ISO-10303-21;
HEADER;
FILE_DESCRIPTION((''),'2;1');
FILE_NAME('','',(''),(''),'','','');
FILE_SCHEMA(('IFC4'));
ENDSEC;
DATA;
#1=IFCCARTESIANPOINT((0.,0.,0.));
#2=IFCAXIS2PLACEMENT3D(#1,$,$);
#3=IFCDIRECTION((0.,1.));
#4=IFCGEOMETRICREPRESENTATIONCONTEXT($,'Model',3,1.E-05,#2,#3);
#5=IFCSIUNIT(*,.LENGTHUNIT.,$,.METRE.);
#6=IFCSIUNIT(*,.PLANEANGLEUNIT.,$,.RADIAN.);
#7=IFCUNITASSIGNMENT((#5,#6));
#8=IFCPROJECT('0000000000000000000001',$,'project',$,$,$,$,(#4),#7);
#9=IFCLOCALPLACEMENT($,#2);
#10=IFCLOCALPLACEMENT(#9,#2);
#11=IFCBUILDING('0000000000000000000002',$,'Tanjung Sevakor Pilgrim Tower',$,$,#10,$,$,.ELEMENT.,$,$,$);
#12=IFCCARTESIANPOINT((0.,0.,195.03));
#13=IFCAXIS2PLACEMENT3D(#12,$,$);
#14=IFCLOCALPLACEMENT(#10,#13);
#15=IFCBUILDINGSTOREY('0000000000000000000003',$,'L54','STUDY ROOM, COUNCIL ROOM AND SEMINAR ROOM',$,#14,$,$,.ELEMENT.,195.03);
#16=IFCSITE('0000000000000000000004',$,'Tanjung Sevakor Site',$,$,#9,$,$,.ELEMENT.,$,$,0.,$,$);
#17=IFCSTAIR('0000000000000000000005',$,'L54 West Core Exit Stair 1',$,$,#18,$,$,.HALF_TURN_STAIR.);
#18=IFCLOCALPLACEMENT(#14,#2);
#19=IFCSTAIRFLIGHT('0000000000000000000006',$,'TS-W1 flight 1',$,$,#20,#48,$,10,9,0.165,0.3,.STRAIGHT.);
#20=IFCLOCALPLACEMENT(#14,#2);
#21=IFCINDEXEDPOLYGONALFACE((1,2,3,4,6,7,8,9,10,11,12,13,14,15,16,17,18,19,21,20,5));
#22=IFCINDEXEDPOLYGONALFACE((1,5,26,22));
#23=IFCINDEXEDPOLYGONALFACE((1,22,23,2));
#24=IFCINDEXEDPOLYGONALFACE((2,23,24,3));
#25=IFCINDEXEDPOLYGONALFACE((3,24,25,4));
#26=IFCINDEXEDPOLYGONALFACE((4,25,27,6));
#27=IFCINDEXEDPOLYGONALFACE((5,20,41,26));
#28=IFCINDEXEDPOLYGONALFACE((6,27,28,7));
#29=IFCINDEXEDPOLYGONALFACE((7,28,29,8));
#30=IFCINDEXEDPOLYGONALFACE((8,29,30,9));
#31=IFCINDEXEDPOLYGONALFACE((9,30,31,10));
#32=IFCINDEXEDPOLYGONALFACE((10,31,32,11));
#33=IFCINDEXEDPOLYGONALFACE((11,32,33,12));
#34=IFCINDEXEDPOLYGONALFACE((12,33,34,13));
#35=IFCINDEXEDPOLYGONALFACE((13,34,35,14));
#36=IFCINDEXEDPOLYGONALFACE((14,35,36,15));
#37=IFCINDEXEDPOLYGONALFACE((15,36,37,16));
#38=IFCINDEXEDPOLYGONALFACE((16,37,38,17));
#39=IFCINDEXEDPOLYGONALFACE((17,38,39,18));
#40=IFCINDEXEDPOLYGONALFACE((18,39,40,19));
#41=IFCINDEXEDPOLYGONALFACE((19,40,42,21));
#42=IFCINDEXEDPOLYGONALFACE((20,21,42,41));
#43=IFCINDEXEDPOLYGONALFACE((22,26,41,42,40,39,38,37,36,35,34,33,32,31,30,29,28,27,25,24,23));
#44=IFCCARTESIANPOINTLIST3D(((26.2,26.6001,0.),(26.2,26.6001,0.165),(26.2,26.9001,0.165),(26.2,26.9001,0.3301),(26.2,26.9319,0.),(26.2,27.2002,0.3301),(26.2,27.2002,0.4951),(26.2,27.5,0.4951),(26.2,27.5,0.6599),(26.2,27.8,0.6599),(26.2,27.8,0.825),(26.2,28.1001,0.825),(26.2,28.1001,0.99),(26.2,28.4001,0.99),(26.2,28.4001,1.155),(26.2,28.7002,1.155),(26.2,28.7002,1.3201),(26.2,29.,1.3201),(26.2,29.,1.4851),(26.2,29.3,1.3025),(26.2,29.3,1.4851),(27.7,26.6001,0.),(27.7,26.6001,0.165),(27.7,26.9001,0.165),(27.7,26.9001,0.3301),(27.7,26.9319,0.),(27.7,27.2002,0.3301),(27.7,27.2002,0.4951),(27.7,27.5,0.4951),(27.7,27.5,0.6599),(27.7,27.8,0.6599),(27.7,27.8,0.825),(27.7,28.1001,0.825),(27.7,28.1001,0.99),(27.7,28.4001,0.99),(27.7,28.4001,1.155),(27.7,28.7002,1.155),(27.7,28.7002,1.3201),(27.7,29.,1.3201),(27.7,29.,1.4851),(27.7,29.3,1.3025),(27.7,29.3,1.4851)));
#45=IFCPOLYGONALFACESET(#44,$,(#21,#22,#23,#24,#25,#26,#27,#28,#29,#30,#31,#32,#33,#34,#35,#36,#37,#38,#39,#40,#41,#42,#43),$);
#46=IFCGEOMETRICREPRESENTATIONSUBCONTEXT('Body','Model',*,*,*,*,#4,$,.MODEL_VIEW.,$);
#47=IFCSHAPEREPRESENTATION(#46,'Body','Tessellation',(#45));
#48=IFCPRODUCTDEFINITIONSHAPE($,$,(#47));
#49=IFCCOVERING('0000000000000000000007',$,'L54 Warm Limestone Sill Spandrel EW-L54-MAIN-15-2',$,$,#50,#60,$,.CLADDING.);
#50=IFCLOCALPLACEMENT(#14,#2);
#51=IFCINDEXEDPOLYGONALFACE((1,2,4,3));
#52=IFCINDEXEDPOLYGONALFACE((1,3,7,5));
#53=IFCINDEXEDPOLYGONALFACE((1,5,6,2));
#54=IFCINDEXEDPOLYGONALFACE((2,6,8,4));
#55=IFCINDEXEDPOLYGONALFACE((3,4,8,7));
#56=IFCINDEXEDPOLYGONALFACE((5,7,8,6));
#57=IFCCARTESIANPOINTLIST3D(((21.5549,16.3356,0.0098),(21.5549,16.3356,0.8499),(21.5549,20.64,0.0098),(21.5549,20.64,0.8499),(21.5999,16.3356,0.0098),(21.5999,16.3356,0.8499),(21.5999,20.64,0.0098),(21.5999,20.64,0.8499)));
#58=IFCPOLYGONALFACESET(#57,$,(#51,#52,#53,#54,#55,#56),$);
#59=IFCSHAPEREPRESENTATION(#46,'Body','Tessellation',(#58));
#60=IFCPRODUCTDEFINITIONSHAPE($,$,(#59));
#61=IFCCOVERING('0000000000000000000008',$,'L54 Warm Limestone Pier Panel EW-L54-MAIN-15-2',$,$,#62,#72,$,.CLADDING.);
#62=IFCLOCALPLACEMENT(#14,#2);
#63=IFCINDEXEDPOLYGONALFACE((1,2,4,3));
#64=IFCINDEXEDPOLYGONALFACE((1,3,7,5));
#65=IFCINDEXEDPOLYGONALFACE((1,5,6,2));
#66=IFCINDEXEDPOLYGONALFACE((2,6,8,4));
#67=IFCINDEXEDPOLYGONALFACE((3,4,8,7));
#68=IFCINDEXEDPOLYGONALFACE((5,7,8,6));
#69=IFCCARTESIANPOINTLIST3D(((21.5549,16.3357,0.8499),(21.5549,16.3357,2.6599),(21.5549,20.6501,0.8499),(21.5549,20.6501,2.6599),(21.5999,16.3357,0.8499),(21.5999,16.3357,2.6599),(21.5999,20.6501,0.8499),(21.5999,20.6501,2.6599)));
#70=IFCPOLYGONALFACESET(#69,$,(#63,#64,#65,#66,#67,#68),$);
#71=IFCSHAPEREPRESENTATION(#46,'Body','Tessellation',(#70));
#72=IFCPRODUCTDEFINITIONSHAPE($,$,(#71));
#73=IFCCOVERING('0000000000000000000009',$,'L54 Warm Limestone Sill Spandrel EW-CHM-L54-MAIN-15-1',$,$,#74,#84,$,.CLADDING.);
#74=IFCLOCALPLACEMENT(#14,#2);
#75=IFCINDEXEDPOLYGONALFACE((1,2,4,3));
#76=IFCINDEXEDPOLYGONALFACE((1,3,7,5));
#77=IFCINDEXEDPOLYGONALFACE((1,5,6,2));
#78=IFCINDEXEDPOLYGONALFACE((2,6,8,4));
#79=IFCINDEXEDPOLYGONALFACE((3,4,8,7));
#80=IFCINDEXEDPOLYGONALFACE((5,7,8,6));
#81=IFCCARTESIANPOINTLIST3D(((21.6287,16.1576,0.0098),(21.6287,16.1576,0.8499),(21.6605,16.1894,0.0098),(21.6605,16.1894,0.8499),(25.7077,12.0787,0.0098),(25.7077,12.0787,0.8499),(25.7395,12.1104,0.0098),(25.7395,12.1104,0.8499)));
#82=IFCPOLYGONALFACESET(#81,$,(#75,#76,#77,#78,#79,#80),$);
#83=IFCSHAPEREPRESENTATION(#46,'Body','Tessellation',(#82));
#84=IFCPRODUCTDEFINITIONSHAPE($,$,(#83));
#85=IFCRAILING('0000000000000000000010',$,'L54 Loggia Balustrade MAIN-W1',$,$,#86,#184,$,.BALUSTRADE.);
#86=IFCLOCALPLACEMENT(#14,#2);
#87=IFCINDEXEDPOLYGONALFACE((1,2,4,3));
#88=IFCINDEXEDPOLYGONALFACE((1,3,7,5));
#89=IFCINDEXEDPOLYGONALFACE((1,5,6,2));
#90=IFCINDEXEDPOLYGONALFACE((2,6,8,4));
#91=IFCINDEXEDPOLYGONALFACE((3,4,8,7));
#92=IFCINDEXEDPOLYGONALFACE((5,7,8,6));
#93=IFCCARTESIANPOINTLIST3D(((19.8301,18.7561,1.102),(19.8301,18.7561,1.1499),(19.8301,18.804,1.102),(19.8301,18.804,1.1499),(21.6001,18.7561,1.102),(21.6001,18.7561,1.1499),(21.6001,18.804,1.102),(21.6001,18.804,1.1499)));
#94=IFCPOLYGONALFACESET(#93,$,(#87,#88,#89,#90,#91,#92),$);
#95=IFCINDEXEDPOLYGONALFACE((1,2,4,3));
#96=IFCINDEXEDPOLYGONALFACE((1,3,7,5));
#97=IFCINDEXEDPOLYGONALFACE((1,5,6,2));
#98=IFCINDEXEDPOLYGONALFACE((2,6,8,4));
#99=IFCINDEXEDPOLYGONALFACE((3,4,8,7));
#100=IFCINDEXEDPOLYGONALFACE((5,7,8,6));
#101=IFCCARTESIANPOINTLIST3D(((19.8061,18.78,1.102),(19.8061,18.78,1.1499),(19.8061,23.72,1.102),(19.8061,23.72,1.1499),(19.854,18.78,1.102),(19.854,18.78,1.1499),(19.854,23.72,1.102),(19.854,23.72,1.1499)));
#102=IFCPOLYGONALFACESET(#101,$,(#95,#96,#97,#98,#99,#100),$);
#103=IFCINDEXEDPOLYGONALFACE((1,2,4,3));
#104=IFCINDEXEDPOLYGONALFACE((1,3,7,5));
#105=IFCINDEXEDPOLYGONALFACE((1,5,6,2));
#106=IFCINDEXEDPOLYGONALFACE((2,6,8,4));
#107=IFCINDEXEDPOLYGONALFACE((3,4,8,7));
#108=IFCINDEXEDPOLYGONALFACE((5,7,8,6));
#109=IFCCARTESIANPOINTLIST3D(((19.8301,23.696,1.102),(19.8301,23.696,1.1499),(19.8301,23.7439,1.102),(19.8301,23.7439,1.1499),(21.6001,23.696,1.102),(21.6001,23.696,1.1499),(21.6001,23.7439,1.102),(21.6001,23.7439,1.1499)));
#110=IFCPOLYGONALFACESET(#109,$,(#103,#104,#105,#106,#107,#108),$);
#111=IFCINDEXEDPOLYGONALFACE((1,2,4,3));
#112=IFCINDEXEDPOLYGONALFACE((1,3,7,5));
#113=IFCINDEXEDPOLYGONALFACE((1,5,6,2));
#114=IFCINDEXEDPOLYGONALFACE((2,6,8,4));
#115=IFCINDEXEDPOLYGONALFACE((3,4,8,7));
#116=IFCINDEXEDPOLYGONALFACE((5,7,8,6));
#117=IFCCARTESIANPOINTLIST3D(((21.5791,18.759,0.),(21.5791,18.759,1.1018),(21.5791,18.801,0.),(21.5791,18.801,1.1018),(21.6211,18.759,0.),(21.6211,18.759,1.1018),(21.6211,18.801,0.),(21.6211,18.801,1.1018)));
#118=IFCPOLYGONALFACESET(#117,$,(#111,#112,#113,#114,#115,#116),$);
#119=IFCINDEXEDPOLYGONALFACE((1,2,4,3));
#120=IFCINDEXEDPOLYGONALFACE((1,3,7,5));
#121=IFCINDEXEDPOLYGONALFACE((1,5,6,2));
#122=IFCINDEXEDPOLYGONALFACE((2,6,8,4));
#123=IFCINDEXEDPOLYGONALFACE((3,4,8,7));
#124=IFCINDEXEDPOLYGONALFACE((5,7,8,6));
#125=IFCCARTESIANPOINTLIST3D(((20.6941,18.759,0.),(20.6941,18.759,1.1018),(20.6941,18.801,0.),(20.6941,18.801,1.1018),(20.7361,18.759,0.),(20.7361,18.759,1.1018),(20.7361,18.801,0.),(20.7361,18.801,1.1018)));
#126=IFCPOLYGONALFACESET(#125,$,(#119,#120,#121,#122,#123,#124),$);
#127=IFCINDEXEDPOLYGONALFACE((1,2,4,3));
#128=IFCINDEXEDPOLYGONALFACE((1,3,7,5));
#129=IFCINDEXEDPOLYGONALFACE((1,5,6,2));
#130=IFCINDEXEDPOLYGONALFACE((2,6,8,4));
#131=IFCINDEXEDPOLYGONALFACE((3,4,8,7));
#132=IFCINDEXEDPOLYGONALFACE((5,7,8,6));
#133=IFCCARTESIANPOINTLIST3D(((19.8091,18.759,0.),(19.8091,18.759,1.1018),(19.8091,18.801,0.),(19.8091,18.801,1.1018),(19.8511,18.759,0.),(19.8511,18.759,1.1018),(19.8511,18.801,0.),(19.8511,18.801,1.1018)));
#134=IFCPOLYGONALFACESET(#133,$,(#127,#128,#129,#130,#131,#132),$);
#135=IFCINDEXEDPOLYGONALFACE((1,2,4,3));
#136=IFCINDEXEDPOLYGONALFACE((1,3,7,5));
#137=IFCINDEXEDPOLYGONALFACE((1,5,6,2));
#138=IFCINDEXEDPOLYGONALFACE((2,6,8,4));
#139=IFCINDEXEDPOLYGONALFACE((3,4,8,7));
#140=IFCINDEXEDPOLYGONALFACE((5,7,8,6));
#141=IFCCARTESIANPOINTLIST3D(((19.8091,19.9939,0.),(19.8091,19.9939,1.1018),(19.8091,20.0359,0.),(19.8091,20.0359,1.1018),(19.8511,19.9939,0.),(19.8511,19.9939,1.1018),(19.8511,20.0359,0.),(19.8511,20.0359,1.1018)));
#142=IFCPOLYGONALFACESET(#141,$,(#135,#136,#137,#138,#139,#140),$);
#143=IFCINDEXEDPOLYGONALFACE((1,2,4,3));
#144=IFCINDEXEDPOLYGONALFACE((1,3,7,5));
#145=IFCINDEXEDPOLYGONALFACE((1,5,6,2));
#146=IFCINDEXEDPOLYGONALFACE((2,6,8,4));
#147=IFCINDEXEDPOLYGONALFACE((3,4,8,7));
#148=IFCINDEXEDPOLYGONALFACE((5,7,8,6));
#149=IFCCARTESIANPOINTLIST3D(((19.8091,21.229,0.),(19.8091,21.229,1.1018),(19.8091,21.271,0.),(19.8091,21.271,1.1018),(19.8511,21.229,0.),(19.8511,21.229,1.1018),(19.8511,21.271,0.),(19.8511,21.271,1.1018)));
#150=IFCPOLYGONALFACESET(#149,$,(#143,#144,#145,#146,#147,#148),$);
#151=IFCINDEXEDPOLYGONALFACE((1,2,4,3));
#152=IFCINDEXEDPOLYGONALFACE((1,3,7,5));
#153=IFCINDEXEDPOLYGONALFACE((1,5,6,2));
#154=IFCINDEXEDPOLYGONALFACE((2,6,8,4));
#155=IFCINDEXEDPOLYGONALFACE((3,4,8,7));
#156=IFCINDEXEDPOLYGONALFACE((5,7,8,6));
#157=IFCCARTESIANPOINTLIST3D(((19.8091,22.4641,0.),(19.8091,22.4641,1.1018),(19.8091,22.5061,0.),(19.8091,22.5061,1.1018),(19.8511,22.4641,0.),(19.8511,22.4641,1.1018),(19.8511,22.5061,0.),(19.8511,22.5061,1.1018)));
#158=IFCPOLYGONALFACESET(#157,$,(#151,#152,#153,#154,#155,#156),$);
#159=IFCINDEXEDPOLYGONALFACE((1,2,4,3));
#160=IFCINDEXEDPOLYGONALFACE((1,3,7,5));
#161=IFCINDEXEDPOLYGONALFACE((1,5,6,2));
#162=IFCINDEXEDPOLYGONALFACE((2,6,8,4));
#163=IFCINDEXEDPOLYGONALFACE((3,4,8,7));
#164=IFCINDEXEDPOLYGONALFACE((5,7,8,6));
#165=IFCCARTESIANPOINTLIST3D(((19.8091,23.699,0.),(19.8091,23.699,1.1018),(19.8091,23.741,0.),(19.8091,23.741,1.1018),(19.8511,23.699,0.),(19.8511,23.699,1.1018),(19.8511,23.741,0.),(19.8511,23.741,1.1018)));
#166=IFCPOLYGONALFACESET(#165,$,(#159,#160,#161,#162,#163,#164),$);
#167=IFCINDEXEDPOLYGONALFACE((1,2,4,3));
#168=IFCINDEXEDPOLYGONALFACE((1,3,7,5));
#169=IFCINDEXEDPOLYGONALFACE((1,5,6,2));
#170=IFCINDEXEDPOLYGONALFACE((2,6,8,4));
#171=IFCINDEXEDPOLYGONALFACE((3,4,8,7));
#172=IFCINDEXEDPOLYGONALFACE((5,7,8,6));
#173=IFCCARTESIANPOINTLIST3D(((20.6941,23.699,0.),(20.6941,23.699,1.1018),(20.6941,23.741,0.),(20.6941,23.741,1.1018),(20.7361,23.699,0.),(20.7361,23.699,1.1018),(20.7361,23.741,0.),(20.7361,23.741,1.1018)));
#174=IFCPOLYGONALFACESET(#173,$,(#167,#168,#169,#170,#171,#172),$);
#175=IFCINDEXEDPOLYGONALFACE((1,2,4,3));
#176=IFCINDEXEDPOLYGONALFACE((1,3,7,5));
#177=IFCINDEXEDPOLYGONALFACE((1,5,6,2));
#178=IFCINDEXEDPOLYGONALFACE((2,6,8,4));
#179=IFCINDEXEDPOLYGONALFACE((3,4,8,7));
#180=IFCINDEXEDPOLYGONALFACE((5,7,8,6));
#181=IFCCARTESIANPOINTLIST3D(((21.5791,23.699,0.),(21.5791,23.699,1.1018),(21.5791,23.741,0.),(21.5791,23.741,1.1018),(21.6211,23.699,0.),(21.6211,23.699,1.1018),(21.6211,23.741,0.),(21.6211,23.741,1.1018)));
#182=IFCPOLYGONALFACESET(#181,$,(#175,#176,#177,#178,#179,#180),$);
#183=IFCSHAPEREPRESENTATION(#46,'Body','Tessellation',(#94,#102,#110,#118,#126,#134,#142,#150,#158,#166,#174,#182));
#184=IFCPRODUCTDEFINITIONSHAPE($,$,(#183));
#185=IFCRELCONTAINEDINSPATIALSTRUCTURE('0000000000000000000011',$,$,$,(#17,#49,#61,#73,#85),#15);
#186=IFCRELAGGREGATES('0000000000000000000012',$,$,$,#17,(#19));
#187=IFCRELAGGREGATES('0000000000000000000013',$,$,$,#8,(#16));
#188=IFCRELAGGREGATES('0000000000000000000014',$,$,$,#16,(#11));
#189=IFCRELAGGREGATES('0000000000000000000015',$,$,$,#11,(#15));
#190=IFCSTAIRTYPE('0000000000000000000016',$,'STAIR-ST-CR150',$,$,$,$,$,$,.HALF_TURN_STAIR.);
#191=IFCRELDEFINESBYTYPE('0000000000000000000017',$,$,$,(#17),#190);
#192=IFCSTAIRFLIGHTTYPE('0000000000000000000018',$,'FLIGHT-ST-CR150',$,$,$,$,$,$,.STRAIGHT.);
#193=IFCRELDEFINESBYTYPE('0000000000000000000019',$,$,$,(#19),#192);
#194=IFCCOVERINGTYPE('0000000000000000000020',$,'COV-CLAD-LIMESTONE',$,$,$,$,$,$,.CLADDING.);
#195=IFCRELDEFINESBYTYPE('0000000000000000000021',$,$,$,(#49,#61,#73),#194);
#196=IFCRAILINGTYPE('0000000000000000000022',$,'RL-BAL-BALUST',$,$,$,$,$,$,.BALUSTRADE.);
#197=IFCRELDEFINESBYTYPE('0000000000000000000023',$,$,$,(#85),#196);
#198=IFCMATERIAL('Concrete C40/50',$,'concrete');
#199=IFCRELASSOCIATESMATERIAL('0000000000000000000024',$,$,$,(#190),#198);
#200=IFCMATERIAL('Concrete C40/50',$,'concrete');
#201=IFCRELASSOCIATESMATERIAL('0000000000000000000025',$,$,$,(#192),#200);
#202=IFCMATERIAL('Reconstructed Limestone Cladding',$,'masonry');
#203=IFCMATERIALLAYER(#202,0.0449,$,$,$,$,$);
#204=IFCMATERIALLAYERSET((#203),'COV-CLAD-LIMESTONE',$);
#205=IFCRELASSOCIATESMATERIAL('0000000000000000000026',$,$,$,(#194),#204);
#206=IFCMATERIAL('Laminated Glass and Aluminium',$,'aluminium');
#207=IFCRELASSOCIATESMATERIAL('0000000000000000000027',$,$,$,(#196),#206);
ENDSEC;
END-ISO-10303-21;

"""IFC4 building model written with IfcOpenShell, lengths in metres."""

from ifc_helpers import new_model, si_unit, direction, frame, origin, origin_2d, place, context, subcontext, project, spatial, polyline, rectangle, outline, extrude, material, layer, layer_set, type_object, element, aggregate, save


model = new_model("IFC4")

# Units and contexts
model_context = context("Model", 3, precision=1e-05, world=origin(), true_north=direction((0.0, 1.0)))
body_context = subcontext(model_context, "Body", "Model", "MODEL_VIEW")
ifc_project = project(units=[si_unit("LENGTHUNIT", "METRE"), si_unit("PLANEANGLEUNIT", "RADIAN")], contexts=[model_context])

# Site, building, storey
site_placement = place(None, origin())
site = spatial("IfcSite", under=ifc_project, at=site_placement, Name="Tanjung Sevakor Site", CompositionType="ELEMENT", RefElevation=0.0)
building_placement = place(site_placement, origin())
building = spatial("IfcBuilding", under=site, at=building_placement, Name="Tanjung Sevakor Pilgrim Tower", CompositionType="ELEMENT")
storey_placement = place(building_placement, frame((0.0, 0.0, 195.03)))
storey = spatial("IfcBuildingStorey", under=building, at=storey_placement, Name="L54", Description="STUDY ROOM, COUNCIL ROOM AND SEMINAR ROOM", CompositionType="ELEMENT", Elevation=195.03)

# Stair, stair flight
ifc_material_1 = material(Name="Concrete C40/50", Category="concrete")
stair_type = type_object("IfcStairType", Name="STAIR-ST-CR150", PredefinedType="HALF_TURN_STAIR", material=ifc_material_1)
stair_placement = place(storey_placement, origin())
stair = element("IfcStair", 1, at=stair_placement, inside=storey, type_object=stair_type, Name="L54 West Core Exit Stair 1", PredefinedType="HALF_TURN_STAIR")
ifc_material_2 = material(Name="Concrete C40/50", Category="concrete")
stair_flight_type = type_object("IfcStairFlightType", Name="FLIGHT-ST-CR150", PredefinedType="STRAIGHT", material=ifc_material_2)
stair_flight_placement = place(storey_placement, frame((26.95, 26.6001, 0.0), z_axis=(0.0, 0.0, 1.0), x_axis=(0.0, 1.0, 0.0)))
stair_flight = element("IfcStairFlight", 2, at=stair_flight_placement, type_object=stair_flight_type, Name="TS-W1 flight 1", NumberOfRisers=10, NumberOfTreads=9, PredefinedType="STRAIGHT", RiserHeight=0.165, TreadLength=0.3, context=body_context, shape_type="SweptSolid", body=[
    extrude(outline(polyline([(0.0, 0.0), (0.0, 0.165), (0.3, 0.165), (0.3, 0.3301), (0.6001, 0.3301), (0.6001, 0.4951), (0.8999, 0.4951), (0.8999, 0.6599), (1.2, 0.6599), (1.2, 0.825), (1.5, 0.825), (1.5, 0.99), (1.8, 0.99), (1.8, 1.155), (2.1001, 1.155), (2.1001, 1.3201), (2.3999, 1.3201), (2.3999, 1.4851), (2.7, 1.4851), (2.7, 1.6499), (2.7, 1.3025), (0.3318, 0.0), (0.0, 0.0)])), frame((0.0, 0.75, 0.0), z_axis=(0.0, -1.0, 0.0), x_axis=(1.0, 0.0, 0.0)), (0.0, 0.0, 1.0), 1.5),
])
aggregate(stair, [stair_flight])

# Coverings
ifc_material_3 = material(Name="Reconstructed Limestone Cladding", Category="masonry")
ifc_layer_1 = layer(ifc_material_3, 0.0449)
ifc_layer_set_1 = layer_set([ifc_layer_1], Name="COV-CLAD-LIMESTONE")
covering_type = type_object("IfcCoveringType", Name="COV-CLAD-LIMESTONE", PredefinedType="CLADDING", material=ifc_layer_set_1)
covering_1_placement = place(storey_placement, frame((21.5774, 18.4878, 0.0098), z_axis=(0.0, 0.0, 1.0), x_axis=(0.0, -1.0, 0.0)))
element("IfcCovering", 3, at=covering_1_placement, inside=storey, type_object=covering_type, Name="L54 Warm Limestone Sill Spandrel EW-L54-MAIN-15-2", PredefinedType="CLADDING", context=body_context, shape_type="SweptSolid", body=[
    extrude(rectangle(XDim=4.3044, YDim=0.0449, at=origin_2d()), origin(), (0.0, 0.0, 1.0), 0.8401),
])
covering_2_placement = place(storey_placement, frame((21.5774, 18.4929, 0.8499), z_axis=(0.0, 0.0, 1.0), x_axis=(0.0, -1.0, 0.0)))
element("IfcCovering", 4, at=covering_2_placement, inside=storey, type_object=covering_type, Name="L54 Warm Limestone Pier Panel EW-L54-MAIN-15-2", PredefinedType="CLADDING", context=body_context, shape_type="SweptSolid", body=[
    extrude(rectangle(XDim=4.3145, YDim=0.0449, at=origin_2d()), origin(), (0.0, 0.0, 1.0), 1.8101),
])
covering_3_placement = place(storey_placement, frame((23.6841, 14.134, 0.0098), z_axis=(0.0, 0.0, 1.0), x_axis=(0.707107, -0.707107, 0.0)))
element("IfcCovering", 5, at=covering_3_placement, inside=storey, type_object=covering_type, Name="L54 Warm Limestone Sill Spandrel EW-CHM-L54-MAIN-15-1", PredefinedType="CLADDING", context=body_context, shape_type="SweptSolid", body=[
    extrude(rectangle(XDim=5.7686, YDim=0.0449, at=origin_2d()), origin(), (0.0, 0.0, 1.0), 0.8401),
])

# Railing
ifc_material_4 = material(Name="Laminated Glass and Aluminium", Category="aluminium")
railing_type_1 = type_object("IfcRailingType", Name="RL-BAL-BALUST", PredefinedType="BALUSTRADE", material=ifc_material_4)
railing_1_placement = place(storey_placement, frame((21.6001, 18.78, 0.0)))
element("IfcRailing", 6, at=railing_1_placement, inside=storey, type_object=railing_type_1, Name="L54 Loggia Balustrade MAIN-W1", PredefinedType="BALUSTRADE", context=body_context, shape_type="SweptSolid", body=[
    extrude(rectangle(XDim=0.0479, YDim=0.0479), frame((0.0, 0.0, 1.126), z_axis=(-1.0, 0.0, 0.0), x_axis=(0.0, -1.0, 0.0)), (0.0, 0.0, 1.0), 1.77),
    extrude(rectangle(XDim=0.0479, YDim=0.0479), frame((-1.77, 0.0, 1.126), z_axis=(0.0, 1.0, 0.0), x_axis=(-1.0, 0.0, 0.0)), (0.0, 0.0, 1.0), 4.9399),
    extrude(rectangle(XDim=0.0479, YDim=0.0479), frame((-1.77, 4.9399, 1.126), z_axis=(1.0, 0.0, 0.0), x_axis=(0.0, 1.0, 0.0)), (0.0, 0.0, 1.0), 1.77),
    extrude(rectangle(XDim=0.042, YDim=0.042), origin(), (0.0, 0.0, 1.0), 1.1018),
    extrude(rectangle(XDim=0.042, YDim=0.042), frame((-0.885, 0.0, 0.0)), (0.0, 0.0, 1.0), 1.1018),
    extrude(rectangle(XDim=0.042, YDim=0.042), frame((-1.77, 0.0, 0.0)), (0.0, 0.0, 1.0), 1.1018),
    extrude(rectangle(XDim=0.042, YDim=0.042), frame((-1.77, 1.2349, 0.0)), (0.0, 0.0, 1.0), 1.1018),
    extrude(rectangle(XDim=0.042, YDim=0.042), frame((-1.77, 2.47, 0.0)), (0.0, 0.0, 1.0), 1.1018),
    extrude(rectangle(XDim=0.042, YDim=0.042), frame((-1.77, 3.7051, 0.0)), (0.0, 0.0, 1.0), 1.1018),
    extrude(rectangle(XDim=0.042, YDim=0.042), frame((-1.77, 4.9399, 0.0)), (0.0, 0.0, 1.0), 1.1018),
    extrude(rectangle(XDim=0.042, YDim=0.042), frame((-0.885, 4.9399, 0.0)), (0.0, 0.0, 1.0), 1.1018),
    extrude(rectangle(XDim=0.042, YDim=0.042), frame((0.0, 4.9399, 0.0)), (0.0, 0.0, 1.0), 1.1018),
])

save(model, "model.ifc")
